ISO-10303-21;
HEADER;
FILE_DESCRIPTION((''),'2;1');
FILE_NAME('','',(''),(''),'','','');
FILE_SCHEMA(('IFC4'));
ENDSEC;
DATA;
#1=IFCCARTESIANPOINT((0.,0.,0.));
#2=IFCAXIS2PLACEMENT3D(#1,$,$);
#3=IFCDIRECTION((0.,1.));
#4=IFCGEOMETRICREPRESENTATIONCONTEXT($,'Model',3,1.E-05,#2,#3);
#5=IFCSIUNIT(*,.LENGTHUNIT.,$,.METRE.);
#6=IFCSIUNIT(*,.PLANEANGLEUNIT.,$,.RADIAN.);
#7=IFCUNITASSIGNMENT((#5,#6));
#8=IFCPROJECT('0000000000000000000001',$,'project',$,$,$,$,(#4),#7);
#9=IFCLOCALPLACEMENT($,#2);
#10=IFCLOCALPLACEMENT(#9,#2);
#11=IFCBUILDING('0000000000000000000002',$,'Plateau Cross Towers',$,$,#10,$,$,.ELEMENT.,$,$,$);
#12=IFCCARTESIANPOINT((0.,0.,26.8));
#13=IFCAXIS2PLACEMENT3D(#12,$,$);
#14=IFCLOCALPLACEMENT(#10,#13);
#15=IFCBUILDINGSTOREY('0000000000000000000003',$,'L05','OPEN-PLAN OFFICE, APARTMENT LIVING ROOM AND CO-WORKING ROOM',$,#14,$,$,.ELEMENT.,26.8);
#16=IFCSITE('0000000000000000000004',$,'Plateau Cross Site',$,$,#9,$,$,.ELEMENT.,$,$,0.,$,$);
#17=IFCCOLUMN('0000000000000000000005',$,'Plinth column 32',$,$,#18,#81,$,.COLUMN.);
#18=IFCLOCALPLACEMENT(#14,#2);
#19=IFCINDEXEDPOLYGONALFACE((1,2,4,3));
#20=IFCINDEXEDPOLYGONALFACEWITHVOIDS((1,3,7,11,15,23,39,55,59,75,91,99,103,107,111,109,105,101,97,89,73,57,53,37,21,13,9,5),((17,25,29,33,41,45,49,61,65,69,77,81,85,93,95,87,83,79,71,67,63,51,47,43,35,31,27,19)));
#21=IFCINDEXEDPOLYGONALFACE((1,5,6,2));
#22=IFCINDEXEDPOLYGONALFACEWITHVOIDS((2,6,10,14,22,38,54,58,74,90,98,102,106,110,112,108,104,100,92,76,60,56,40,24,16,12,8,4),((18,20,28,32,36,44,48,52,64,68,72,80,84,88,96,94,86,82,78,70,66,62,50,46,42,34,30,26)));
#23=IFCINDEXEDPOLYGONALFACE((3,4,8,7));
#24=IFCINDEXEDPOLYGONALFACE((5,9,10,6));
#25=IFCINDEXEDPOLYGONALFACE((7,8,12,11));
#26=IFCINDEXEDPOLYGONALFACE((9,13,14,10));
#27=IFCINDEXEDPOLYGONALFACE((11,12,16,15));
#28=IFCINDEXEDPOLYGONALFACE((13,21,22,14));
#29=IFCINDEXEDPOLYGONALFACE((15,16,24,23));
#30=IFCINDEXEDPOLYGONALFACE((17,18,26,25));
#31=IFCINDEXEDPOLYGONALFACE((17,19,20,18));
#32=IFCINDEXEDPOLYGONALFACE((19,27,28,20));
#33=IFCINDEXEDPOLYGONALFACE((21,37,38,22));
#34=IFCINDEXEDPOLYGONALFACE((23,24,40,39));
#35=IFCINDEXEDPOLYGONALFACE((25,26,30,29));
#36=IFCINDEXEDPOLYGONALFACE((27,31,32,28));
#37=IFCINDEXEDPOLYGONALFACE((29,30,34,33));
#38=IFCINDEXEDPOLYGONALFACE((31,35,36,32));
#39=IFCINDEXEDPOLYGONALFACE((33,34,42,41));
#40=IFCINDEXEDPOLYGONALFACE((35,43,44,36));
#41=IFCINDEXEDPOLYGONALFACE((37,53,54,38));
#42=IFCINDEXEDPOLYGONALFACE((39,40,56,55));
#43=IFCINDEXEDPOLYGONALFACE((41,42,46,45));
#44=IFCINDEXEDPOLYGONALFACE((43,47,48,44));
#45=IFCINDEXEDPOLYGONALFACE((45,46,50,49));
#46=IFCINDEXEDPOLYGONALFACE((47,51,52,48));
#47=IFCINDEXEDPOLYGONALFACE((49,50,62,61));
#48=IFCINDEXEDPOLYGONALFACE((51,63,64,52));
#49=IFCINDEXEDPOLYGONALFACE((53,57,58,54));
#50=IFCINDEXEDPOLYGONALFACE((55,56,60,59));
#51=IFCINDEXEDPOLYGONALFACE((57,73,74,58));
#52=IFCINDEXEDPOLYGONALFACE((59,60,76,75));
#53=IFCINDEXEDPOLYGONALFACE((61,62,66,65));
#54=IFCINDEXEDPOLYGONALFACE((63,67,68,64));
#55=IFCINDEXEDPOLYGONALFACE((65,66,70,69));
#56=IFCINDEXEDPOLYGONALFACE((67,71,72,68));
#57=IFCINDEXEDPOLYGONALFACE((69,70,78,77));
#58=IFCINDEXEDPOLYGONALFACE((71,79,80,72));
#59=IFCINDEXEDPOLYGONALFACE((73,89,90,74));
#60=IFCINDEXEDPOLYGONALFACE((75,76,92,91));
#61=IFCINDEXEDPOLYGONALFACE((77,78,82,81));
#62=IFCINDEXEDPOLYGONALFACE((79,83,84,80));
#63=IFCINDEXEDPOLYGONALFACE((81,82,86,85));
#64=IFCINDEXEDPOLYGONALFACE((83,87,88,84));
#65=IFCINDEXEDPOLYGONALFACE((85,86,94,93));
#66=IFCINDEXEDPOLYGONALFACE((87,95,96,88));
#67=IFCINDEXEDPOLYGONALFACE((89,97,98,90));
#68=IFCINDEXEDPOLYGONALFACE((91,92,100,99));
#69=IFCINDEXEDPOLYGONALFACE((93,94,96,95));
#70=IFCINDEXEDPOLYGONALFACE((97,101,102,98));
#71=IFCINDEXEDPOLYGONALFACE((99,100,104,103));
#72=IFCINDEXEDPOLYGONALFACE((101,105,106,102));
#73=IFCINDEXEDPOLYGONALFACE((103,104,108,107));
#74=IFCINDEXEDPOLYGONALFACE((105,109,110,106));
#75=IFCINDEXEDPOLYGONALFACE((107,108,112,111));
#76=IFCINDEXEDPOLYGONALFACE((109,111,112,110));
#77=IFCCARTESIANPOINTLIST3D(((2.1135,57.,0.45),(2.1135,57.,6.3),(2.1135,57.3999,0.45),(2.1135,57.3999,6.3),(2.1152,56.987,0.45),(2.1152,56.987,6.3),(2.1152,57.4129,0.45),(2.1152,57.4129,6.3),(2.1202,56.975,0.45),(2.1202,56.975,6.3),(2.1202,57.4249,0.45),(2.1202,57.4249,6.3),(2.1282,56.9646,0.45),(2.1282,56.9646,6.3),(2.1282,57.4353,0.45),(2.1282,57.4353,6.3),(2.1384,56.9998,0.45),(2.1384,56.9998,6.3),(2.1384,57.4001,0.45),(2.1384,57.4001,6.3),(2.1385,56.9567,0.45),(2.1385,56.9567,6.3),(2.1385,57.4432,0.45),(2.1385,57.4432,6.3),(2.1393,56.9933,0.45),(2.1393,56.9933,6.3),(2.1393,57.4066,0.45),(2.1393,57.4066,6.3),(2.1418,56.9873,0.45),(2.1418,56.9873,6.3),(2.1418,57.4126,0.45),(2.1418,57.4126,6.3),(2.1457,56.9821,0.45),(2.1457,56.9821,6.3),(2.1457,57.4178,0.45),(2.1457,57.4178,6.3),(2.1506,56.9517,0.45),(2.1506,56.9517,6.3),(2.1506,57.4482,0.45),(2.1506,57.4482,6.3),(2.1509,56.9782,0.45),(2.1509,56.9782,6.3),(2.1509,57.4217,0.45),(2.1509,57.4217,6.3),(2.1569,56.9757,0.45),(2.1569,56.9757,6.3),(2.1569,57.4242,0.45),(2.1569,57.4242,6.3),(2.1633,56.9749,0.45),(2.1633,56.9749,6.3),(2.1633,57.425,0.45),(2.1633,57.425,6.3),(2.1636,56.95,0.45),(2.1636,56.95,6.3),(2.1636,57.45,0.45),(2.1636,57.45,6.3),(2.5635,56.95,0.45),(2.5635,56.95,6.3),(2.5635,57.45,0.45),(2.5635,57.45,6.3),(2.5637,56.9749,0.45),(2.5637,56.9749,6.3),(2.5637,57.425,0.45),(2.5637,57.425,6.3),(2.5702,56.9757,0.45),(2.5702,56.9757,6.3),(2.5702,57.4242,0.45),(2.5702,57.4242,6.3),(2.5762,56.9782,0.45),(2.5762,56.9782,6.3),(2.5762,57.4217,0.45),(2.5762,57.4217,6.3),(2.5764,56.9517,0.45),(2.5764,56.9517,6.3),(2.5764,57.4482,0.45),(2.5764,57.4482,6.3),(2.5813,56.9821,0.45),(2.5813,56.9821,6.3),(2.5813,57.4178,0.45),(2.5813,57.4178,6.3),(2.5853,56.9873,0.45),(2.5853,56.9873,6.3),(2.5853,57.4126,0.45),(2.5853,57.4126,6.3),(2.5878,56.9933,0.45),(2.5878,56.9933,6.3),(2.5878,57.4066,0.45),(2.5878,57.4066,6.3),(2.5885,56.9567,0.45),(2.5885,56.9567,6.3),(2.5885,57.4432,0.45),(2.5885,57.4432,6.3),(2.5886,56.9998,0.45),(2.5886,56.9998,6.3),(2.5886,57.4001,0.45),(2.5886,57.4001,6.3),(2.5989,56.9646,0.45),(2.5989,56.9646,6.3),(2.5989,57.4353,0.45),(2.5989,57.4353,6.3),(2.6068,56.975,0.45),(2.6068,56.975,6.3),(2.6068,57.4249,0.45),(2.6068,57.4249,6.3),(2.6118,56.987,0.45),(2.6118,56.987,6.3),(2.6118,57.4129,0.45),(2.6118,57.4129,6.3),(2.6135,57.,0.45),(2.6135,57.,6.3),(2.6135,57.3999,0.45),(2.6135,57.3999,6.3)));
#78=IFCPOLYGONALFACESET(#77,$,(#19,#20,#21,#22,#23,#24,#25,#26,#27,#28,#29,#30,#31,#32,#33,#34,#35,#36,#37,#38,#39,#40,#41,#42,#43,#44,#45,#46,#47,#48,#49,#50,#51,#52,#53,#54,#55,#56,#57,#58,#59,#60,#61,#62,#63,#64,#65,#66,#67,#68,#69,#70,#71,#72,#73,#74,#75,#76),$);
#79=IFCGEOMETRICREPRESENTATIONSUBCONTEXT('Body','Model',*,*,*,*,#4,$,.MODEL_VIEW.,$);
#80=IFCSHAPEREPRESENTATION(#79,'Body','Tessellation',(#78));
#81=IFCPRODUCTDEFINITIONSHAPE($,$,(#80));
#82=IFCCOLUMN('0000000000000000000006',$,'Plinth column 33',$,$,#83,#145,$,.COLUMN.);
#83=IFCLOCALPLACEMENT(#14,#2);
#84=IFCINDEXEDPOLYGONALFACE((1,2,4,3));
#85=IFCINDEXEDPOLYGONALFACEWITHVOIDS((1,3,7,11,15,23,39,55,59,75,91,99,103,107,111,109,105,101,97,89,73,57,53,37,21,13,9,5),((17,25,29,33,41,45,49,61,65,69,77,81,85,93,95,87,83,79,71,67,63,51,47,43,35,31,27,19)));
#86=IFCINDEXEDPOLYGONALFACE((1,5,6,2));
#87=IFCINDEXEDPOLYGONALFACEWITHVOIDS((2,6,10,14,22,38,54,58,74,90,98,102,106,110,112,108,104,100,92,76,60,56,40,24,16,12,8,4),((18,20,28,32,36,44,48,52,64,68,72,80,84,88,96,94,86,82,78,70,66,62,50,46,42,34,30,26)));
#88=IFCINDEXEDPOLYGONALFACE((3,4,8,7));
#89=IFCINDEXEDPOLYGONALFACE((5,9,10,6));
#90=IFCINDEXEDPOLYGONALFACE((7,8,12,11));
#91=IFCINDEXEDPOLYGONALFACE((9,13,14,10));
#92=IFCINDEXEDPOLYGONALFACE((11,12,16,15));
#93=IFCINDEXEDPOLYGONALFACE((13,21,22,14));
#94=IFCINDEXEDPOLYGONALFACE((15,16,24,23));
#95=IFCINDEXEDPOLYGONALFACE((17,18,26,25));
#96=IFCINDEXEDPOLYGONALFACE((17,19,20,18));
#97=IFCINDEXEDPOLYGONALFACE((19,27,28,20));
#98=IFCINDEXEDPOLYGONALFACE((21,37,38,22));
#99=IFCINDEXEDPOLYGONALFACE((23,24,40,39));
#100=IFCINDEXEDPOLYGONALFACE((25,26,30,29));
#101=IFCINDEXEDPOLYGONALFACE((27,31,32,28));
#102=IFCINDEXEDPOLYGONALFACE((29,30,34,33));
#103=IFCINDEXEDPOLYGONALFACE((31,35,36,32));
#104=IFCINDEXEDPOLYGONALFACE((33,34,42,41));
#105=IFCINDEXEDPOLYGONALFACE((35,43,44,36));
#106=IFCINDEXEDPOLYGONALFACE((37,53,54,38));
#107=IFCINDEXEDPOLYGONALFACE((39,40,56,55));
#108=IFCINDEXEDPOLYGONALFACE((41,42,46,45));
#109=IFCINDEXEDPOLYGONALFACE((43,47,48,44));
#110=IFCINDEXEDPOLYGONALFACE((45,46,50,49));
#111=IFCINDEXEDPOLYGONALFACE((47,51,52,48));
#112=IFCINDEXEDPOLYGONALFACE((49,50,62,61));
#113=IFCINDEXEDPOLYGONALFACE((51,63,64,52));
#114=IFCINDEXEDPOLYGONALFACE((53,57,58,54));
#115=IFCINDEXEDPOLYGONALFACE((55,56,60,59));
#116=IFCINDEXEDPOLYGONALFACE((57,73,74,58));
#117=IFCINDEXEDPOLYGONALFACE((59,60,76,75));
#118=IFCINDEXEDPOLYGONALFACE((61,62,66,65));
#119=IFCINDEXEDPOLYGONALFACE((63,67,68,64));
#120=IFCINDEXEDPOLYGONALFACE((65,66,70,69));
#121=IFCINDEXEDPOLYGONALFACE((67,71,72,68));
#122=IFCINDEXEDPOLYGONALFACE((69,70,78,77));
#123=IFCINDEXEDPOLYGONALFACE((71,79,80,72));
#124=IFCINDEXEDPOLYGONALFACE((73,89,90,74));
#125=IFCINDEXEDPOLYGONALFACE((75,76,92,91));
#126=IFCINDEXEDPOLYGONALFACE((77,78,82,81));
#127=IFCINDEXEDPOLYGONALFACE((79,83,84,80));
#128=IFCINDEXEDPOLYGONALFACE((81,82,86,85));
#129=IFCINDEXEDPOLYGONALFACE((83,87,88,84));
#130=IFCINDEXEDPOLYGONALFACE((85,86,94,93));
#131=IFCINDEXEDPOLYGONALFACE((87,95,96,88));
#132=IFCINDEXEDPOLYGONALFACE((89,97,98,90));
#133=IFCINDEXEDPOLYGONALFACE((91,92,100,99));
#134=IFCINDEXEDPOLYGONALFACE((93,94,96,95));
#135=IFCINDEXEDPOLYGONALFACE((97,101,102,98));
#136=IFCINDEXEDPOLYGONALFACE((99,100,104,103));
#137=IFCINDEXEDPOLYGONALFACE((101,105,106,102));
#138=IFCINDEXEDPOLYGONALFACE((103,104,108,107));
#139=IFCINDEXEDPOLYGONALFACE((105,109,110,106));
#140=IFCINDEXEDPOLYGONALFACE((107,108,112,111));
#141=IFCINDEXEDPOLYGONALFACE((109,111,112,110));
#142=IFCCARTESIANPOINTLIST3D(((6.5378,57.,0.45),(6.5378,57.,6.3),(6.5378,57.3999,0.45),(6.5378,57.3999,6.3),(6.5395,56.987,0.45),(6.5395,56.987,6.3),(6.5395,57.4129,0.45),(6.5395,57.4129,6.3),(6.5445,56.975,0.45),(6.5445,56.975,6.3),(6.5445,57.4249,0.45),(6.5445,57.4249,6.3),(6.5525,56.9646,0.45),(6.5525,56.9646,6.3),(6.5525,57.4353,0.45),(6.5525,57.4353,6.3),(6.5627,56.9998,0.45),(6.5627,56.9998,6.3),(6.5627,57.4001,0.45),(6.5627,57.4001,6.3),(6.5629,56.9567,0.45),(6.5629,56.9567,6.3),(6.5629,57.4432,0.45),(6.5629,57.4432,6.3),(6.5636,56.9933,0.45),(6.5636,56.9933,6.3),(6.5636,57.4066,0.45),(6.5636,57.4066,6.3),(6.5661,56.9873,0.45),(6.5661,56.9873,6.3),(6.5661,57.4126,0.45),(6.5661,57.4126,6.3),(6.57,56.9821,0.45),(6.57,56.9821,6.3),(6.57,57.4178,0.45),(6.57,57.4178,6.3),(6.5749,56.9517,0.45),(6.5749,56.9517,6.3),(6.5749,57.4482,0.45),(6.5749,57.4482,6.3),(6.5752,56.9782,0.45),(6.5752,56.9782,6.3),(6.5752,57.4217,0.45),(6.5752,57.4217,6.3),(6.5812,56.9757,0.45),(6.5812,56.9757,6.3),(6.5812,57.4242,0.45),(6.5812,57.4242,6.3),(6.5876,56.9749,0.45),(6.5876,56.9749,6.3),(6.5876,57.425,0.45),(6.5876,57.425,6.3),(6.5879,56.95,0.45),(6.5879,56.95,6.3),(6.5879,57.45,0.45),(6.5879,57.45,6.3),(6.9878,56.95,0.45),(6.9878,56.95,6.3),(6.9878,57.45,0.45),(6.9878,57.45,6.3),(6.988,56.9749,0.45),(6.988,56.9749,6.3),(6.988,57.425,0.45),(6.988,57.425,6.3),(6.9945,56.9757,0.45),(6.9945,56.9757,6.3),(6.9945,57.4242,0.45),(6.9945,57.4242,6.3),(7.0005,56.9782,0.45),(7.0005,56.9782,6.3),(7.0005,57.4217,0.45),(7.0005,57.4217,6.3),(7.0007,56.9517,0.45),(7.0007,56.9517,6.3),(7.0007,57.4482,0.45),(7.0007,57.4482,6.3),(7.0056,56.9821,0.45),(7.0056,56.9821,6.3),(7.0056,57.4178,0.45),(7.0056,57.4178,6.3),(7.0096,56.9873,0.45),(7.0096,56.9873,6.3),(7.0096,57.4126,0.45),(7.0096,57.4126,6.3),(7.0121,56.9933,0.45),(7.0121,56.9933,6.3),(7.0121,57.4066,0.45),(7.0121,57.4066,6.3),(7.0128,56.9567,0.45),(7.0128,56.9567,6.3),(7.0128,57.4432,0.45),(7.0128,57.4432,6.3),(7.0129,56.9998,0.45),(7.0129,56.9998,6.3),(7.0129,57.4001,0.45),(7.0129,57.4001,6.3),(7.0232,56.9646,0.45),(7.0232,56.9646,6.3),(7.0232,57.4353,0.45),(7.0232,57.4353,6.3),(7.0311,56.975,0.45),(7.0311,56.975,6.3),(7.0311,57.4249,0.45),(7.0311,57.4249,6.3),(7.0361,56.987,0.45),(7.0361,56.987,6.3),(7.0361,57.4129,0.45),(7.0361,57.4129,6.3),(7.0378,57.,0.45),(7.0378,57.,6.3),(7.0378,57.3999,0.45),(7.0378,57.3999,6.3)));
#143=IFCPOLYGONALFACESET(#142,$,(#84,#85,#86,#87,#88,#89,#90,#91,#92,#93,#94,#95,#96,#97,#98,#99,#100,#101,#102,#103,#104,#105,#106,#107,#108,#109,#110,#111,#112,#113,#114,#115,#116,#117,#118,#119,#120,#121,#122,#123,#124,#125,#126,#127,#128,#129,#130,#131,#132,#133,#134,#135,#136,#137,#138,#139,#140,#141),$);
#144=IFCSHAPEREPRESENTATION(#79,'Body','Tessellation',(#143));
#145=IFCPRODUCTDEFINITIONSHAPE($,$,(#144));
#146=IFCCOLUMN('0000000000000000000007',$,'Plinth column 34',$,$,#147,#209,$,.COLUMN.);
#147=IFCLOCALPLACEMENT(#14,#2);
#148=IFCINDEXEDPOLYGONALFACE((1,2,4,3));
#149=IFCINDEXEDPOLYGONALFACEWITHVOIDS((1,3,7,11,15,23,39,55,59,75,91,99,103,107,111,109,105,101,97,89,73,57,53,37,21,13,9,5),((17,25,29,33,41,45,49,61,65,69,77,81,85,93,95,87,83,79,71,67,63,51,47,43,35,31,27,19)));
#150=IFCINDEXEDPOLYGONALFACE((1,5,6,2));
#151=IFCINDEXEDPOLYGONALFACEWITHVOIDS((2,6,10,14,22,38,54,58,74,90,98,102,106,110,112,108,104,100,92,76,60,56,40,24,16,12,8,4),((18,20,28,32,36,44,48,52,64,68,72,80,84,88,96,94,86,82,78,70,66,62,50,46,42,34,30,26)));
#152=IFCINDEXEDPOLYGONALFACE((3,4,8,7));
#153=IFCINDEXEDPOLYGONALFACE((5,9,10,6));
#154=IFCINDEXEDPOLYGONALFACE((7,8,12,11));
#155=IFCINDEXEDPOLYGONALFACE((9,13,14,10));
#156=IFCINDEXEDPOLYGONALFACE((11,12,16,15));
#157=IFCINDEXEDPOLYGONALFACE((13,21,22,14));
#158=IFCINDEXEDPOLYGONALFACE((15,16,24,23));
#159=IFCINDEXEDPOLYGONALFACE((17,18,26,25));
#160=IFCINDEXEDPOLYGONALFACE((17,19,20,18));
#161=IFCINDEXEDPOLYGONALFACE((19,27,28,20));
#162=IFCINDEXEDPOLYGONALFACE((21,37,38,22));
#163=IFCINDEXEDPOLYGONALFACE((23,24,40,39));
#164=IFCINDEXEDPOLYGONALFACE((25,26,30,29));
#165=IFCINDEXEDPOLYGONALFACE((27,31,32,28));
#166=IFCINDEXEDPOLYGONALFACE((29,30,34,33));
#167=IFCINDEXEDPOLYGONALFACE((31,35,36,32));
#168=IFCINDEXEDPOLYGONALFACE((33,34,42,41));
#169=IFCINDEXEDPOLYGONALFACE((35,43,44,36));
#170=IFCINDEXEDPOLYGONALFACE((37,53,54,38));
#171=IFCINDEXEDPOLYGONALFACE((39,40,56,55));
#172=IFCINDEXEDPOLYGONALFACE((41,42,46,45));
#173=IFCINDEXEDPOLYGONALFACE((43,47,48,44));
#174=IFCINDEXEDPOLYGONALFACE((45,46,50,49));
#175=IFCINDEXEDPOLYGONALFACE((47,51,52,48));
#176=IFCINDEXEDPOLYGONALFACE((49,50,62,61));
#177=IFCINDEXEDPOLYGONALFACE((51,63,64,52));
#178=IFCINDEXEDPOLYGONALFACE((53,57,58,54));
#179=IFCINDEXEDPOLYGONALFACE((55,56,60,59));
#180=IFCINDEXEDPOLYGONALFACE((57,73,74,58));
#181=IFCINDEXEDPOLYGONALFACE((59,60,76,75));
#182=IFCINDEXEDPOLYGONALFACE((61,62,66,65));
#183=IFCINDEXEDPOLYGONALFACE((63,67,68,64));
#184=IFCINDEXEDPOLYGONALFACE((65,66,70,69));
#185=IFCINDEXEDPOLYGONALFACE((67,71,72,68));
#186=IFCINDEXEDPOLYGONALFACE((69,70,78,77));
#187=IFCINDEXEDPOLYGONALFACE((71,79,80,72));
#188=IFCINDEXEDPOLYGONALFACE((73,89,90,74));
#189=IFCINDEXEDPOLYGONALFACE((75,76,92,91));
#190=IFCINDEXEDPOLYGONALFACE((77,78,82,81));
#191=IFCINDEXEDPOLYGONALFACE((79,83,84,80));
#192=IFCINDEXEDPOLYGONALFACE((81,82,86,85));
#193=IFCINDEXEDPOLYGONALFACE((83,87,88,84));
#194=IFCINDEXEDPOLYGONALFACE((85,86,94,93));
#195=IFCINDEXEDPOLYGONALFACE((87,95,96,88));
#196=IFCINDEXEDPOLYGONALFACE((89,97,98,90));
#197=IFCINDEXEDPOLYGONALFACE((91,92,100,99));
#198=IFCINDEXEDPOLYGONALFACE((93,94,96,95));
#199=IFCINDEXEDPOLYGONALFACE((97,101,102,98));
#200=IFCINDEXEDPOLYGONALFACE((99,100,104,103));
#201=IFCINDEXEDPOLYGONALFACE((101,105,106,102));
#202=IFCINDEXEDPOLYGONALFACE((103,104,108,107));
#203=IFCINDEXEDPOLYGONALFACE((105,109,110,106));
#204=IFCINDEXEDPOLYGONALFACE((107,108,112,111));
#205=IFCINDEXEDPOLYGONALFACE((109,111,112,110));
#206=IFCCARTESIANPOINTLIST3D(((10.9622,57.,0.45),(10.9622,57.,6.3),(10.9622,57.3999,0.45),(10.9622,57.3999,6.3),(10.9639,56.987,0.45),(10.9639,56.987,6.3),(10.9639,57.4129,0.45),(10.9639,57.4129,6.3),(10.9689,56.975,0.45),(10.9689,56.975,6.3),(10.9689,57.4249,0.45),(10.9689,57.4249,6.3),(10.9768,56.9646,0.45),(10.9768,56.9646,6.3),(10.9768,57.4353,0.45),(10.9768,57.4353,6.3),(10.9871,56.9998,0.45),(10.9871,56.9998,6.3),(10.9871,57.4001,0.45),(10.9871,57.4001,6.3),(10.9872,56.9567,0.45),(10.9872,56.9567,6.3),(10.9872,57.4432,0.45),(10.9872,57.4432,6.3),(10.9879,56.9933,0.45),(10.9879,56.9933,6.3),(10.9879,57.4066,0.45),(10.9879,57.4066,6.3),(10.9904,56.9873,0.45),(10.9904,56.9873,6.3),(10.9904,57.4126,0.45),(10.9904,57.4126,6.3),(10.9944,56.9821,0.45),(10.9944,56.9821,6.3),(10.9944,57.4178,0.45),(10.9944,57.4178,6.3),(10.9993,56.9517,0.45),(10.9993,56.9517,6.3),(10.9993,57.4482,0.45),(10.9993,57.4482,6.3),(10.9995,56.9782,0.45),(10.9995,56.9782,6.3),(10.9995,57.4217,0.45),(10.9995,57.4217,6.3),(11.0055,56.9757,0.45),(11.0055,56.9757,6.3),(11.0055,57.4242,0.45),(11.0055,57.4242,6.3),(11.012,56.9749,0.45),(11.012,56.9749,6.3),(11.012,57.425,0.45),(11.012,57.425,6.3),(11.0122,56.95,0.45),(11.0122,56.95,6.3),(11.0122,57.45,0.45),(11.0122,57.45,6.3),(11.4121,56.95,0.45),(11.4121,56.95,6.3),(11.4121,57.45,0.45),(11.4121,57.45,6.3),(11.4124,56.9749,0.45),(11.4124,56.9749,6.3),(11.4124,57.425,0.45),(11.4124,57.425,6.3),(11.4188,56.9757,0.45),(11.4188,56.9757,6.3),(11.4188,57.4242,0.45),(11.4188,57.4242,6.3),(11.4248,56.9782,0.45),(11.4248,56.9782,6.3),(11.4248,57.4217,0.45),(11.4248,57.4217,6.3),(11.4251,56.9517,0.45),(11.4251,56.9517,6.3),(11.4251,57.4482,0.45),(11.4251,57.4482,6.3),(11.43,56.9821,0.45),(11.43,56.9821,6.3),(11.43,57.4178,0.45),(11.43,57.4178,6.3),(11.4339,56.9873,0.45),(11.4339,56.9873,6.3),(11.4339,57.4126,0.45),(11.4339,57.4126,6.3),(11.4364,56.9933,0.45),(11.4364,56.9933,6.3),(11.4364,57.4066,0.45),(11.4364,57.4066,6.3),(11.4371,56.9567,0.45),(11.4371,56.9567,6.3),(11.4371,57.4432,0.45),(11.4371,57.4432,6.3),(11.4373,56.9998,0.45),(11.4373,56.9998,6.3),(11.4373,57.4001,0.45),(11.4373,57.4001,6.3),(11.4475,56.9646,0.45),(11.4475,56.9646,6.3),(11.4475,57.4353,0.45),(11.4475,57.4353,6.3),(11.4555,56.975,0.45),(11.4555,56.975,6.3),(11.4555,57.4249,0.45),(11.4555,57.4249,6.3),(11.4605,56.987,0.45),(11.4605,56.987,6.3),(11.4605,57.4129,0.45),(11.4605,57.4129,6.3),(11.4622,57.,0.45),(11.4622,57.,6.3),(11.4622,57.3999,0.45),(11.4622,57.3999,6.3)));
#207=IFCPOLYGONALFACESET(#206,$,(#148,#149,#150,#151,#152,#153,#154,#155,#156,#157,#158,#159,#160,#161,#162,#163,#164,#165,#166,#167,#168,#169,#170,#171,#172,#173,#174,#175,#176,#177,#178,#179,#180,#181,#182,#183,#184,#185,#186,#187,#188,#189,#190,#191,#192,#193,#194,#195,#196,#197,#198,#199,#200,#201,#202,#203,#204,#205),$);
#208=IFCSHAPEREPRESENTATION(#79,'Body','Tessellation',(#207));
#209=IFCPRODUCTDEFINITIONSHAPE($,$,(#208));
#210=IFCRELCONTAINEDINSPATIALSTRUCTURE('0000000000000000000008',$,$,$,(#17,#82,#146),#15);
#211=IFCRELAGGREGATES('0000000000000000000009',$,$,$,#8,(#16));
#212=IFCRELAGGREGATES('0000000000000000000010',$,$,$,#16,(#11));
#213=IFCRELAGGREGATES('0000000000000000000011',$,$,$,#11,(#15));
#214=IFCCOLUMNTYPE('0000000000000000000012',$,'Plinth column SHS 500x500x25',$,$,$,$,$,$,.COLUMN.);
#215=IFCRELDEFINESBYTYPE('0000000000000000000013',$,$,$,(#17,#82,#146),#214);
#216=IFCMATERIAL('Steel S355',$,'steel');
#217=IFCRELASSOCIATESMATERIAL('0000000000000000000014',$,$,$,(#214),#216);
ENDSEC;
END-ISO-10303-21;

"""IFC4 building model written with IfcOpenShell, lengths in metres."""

from ifc_helpers import new_model, si_unit, direction, frame, origin, origin_2d, place, context, subcontext, project, spatial, hollow_rectangle, extrude, material, material_profile, profile_set, type_object, element, save


model = new_model("IFC4")

# Units and contexts
model_context = context("Model", 3, precision=1e-05, world=origin(), true_north=direction((0.0, 1.0)))
body_context = subcontext(model_context, "Body", "Model", "MODEL_VIEW")
ifc_project = project(units=[si_unit("LENGTHUNIT", "METRE"), si_unit("PLANEANGLEUNIT", "RADIAN")], contexts=[model_context])

# Site, building, storey
site_placement = place(None, origin())
site = spatial("IfcSite", under=ifc_project, at=site_placement, Name="Plateau Cross Site", CompositionType="ELEMENT", RefElevation=0.0)
building_placement = place(site_placement, origin())
building = spatial("IfcBuilding", under=site, at=building_placement, Name="Plateau Cross Towers", CompositionType="ELEMENT")
storey_placement = place(building_placement, frame((0.0, 0.0, 26.8)))
storey = spatial("IfcBuildingStorey", under=building, at=storey_placement, Name="L05", Description="OPEN-PLAN OFFICE, APARTMENT LIVING ROOM AND CO-WORKING ROOM", CompositionType="ELEMENT", Elevation=26.8)

# Columns
ifc_material_1 = material(Name="Steel S355", Category="steel")
ifc_material_profile_1 = material_profile(ifc_material_1, hollow_rectangle(XDim=0.5, YDim=0.5, WallThickness=0.0249, InnerFilletRadius=0.0249, OuterFilletRadius=0.05, at=origin_2d()), Name="SHS 500x500x25")
ifc_profile_set_1 = profile_set([ifc_material_profile_1], Name="Steel S355")
column_type_1 = type_object("IfcColumnType", Name="Plinth column SHS 500x500x25", PredefinedType="COLUMN", material=ifc_profile_set_1)
for number, where, z_axis, x_axis, name in (
    (1, (2.3635, 57.2, 0.45), (0.0, 0.0, 1.0), (1.0, 0.0, 0.0), "Plinth column 32"),
    (2, (6.7878, 57.2, 0.45), (0.0, 0.0, 1.0), (1.0, 0.0, 0.0), "Plinth column 33"),
    (3, (11.2122, 57.2, 0.45), (0.0, 0.0, 1.0), (1.0, 0.0, 0.0), "Plinth column 34"),
):
    element("IfcColumn", number, at=place(storey_placement, frame(where, z_axis=z_axis, x_axis=x_axis)), inside=storey, type_object=column_type_1, Name=name, PredefinedType="COLUMN", context=body_context, shape_type="SweptSolid", body=[
        extrude(hollow_rectangle(XDim=0.5, YDim=0.5, WallThickness=0.0249, InnerFilletRadius=0.0249, OuterFilletRadius=0.05, at=origin_2d()), origin(), (0.0, 0.0, 1.0), 5.8501),
    ])

save(model, "model.ifc")
